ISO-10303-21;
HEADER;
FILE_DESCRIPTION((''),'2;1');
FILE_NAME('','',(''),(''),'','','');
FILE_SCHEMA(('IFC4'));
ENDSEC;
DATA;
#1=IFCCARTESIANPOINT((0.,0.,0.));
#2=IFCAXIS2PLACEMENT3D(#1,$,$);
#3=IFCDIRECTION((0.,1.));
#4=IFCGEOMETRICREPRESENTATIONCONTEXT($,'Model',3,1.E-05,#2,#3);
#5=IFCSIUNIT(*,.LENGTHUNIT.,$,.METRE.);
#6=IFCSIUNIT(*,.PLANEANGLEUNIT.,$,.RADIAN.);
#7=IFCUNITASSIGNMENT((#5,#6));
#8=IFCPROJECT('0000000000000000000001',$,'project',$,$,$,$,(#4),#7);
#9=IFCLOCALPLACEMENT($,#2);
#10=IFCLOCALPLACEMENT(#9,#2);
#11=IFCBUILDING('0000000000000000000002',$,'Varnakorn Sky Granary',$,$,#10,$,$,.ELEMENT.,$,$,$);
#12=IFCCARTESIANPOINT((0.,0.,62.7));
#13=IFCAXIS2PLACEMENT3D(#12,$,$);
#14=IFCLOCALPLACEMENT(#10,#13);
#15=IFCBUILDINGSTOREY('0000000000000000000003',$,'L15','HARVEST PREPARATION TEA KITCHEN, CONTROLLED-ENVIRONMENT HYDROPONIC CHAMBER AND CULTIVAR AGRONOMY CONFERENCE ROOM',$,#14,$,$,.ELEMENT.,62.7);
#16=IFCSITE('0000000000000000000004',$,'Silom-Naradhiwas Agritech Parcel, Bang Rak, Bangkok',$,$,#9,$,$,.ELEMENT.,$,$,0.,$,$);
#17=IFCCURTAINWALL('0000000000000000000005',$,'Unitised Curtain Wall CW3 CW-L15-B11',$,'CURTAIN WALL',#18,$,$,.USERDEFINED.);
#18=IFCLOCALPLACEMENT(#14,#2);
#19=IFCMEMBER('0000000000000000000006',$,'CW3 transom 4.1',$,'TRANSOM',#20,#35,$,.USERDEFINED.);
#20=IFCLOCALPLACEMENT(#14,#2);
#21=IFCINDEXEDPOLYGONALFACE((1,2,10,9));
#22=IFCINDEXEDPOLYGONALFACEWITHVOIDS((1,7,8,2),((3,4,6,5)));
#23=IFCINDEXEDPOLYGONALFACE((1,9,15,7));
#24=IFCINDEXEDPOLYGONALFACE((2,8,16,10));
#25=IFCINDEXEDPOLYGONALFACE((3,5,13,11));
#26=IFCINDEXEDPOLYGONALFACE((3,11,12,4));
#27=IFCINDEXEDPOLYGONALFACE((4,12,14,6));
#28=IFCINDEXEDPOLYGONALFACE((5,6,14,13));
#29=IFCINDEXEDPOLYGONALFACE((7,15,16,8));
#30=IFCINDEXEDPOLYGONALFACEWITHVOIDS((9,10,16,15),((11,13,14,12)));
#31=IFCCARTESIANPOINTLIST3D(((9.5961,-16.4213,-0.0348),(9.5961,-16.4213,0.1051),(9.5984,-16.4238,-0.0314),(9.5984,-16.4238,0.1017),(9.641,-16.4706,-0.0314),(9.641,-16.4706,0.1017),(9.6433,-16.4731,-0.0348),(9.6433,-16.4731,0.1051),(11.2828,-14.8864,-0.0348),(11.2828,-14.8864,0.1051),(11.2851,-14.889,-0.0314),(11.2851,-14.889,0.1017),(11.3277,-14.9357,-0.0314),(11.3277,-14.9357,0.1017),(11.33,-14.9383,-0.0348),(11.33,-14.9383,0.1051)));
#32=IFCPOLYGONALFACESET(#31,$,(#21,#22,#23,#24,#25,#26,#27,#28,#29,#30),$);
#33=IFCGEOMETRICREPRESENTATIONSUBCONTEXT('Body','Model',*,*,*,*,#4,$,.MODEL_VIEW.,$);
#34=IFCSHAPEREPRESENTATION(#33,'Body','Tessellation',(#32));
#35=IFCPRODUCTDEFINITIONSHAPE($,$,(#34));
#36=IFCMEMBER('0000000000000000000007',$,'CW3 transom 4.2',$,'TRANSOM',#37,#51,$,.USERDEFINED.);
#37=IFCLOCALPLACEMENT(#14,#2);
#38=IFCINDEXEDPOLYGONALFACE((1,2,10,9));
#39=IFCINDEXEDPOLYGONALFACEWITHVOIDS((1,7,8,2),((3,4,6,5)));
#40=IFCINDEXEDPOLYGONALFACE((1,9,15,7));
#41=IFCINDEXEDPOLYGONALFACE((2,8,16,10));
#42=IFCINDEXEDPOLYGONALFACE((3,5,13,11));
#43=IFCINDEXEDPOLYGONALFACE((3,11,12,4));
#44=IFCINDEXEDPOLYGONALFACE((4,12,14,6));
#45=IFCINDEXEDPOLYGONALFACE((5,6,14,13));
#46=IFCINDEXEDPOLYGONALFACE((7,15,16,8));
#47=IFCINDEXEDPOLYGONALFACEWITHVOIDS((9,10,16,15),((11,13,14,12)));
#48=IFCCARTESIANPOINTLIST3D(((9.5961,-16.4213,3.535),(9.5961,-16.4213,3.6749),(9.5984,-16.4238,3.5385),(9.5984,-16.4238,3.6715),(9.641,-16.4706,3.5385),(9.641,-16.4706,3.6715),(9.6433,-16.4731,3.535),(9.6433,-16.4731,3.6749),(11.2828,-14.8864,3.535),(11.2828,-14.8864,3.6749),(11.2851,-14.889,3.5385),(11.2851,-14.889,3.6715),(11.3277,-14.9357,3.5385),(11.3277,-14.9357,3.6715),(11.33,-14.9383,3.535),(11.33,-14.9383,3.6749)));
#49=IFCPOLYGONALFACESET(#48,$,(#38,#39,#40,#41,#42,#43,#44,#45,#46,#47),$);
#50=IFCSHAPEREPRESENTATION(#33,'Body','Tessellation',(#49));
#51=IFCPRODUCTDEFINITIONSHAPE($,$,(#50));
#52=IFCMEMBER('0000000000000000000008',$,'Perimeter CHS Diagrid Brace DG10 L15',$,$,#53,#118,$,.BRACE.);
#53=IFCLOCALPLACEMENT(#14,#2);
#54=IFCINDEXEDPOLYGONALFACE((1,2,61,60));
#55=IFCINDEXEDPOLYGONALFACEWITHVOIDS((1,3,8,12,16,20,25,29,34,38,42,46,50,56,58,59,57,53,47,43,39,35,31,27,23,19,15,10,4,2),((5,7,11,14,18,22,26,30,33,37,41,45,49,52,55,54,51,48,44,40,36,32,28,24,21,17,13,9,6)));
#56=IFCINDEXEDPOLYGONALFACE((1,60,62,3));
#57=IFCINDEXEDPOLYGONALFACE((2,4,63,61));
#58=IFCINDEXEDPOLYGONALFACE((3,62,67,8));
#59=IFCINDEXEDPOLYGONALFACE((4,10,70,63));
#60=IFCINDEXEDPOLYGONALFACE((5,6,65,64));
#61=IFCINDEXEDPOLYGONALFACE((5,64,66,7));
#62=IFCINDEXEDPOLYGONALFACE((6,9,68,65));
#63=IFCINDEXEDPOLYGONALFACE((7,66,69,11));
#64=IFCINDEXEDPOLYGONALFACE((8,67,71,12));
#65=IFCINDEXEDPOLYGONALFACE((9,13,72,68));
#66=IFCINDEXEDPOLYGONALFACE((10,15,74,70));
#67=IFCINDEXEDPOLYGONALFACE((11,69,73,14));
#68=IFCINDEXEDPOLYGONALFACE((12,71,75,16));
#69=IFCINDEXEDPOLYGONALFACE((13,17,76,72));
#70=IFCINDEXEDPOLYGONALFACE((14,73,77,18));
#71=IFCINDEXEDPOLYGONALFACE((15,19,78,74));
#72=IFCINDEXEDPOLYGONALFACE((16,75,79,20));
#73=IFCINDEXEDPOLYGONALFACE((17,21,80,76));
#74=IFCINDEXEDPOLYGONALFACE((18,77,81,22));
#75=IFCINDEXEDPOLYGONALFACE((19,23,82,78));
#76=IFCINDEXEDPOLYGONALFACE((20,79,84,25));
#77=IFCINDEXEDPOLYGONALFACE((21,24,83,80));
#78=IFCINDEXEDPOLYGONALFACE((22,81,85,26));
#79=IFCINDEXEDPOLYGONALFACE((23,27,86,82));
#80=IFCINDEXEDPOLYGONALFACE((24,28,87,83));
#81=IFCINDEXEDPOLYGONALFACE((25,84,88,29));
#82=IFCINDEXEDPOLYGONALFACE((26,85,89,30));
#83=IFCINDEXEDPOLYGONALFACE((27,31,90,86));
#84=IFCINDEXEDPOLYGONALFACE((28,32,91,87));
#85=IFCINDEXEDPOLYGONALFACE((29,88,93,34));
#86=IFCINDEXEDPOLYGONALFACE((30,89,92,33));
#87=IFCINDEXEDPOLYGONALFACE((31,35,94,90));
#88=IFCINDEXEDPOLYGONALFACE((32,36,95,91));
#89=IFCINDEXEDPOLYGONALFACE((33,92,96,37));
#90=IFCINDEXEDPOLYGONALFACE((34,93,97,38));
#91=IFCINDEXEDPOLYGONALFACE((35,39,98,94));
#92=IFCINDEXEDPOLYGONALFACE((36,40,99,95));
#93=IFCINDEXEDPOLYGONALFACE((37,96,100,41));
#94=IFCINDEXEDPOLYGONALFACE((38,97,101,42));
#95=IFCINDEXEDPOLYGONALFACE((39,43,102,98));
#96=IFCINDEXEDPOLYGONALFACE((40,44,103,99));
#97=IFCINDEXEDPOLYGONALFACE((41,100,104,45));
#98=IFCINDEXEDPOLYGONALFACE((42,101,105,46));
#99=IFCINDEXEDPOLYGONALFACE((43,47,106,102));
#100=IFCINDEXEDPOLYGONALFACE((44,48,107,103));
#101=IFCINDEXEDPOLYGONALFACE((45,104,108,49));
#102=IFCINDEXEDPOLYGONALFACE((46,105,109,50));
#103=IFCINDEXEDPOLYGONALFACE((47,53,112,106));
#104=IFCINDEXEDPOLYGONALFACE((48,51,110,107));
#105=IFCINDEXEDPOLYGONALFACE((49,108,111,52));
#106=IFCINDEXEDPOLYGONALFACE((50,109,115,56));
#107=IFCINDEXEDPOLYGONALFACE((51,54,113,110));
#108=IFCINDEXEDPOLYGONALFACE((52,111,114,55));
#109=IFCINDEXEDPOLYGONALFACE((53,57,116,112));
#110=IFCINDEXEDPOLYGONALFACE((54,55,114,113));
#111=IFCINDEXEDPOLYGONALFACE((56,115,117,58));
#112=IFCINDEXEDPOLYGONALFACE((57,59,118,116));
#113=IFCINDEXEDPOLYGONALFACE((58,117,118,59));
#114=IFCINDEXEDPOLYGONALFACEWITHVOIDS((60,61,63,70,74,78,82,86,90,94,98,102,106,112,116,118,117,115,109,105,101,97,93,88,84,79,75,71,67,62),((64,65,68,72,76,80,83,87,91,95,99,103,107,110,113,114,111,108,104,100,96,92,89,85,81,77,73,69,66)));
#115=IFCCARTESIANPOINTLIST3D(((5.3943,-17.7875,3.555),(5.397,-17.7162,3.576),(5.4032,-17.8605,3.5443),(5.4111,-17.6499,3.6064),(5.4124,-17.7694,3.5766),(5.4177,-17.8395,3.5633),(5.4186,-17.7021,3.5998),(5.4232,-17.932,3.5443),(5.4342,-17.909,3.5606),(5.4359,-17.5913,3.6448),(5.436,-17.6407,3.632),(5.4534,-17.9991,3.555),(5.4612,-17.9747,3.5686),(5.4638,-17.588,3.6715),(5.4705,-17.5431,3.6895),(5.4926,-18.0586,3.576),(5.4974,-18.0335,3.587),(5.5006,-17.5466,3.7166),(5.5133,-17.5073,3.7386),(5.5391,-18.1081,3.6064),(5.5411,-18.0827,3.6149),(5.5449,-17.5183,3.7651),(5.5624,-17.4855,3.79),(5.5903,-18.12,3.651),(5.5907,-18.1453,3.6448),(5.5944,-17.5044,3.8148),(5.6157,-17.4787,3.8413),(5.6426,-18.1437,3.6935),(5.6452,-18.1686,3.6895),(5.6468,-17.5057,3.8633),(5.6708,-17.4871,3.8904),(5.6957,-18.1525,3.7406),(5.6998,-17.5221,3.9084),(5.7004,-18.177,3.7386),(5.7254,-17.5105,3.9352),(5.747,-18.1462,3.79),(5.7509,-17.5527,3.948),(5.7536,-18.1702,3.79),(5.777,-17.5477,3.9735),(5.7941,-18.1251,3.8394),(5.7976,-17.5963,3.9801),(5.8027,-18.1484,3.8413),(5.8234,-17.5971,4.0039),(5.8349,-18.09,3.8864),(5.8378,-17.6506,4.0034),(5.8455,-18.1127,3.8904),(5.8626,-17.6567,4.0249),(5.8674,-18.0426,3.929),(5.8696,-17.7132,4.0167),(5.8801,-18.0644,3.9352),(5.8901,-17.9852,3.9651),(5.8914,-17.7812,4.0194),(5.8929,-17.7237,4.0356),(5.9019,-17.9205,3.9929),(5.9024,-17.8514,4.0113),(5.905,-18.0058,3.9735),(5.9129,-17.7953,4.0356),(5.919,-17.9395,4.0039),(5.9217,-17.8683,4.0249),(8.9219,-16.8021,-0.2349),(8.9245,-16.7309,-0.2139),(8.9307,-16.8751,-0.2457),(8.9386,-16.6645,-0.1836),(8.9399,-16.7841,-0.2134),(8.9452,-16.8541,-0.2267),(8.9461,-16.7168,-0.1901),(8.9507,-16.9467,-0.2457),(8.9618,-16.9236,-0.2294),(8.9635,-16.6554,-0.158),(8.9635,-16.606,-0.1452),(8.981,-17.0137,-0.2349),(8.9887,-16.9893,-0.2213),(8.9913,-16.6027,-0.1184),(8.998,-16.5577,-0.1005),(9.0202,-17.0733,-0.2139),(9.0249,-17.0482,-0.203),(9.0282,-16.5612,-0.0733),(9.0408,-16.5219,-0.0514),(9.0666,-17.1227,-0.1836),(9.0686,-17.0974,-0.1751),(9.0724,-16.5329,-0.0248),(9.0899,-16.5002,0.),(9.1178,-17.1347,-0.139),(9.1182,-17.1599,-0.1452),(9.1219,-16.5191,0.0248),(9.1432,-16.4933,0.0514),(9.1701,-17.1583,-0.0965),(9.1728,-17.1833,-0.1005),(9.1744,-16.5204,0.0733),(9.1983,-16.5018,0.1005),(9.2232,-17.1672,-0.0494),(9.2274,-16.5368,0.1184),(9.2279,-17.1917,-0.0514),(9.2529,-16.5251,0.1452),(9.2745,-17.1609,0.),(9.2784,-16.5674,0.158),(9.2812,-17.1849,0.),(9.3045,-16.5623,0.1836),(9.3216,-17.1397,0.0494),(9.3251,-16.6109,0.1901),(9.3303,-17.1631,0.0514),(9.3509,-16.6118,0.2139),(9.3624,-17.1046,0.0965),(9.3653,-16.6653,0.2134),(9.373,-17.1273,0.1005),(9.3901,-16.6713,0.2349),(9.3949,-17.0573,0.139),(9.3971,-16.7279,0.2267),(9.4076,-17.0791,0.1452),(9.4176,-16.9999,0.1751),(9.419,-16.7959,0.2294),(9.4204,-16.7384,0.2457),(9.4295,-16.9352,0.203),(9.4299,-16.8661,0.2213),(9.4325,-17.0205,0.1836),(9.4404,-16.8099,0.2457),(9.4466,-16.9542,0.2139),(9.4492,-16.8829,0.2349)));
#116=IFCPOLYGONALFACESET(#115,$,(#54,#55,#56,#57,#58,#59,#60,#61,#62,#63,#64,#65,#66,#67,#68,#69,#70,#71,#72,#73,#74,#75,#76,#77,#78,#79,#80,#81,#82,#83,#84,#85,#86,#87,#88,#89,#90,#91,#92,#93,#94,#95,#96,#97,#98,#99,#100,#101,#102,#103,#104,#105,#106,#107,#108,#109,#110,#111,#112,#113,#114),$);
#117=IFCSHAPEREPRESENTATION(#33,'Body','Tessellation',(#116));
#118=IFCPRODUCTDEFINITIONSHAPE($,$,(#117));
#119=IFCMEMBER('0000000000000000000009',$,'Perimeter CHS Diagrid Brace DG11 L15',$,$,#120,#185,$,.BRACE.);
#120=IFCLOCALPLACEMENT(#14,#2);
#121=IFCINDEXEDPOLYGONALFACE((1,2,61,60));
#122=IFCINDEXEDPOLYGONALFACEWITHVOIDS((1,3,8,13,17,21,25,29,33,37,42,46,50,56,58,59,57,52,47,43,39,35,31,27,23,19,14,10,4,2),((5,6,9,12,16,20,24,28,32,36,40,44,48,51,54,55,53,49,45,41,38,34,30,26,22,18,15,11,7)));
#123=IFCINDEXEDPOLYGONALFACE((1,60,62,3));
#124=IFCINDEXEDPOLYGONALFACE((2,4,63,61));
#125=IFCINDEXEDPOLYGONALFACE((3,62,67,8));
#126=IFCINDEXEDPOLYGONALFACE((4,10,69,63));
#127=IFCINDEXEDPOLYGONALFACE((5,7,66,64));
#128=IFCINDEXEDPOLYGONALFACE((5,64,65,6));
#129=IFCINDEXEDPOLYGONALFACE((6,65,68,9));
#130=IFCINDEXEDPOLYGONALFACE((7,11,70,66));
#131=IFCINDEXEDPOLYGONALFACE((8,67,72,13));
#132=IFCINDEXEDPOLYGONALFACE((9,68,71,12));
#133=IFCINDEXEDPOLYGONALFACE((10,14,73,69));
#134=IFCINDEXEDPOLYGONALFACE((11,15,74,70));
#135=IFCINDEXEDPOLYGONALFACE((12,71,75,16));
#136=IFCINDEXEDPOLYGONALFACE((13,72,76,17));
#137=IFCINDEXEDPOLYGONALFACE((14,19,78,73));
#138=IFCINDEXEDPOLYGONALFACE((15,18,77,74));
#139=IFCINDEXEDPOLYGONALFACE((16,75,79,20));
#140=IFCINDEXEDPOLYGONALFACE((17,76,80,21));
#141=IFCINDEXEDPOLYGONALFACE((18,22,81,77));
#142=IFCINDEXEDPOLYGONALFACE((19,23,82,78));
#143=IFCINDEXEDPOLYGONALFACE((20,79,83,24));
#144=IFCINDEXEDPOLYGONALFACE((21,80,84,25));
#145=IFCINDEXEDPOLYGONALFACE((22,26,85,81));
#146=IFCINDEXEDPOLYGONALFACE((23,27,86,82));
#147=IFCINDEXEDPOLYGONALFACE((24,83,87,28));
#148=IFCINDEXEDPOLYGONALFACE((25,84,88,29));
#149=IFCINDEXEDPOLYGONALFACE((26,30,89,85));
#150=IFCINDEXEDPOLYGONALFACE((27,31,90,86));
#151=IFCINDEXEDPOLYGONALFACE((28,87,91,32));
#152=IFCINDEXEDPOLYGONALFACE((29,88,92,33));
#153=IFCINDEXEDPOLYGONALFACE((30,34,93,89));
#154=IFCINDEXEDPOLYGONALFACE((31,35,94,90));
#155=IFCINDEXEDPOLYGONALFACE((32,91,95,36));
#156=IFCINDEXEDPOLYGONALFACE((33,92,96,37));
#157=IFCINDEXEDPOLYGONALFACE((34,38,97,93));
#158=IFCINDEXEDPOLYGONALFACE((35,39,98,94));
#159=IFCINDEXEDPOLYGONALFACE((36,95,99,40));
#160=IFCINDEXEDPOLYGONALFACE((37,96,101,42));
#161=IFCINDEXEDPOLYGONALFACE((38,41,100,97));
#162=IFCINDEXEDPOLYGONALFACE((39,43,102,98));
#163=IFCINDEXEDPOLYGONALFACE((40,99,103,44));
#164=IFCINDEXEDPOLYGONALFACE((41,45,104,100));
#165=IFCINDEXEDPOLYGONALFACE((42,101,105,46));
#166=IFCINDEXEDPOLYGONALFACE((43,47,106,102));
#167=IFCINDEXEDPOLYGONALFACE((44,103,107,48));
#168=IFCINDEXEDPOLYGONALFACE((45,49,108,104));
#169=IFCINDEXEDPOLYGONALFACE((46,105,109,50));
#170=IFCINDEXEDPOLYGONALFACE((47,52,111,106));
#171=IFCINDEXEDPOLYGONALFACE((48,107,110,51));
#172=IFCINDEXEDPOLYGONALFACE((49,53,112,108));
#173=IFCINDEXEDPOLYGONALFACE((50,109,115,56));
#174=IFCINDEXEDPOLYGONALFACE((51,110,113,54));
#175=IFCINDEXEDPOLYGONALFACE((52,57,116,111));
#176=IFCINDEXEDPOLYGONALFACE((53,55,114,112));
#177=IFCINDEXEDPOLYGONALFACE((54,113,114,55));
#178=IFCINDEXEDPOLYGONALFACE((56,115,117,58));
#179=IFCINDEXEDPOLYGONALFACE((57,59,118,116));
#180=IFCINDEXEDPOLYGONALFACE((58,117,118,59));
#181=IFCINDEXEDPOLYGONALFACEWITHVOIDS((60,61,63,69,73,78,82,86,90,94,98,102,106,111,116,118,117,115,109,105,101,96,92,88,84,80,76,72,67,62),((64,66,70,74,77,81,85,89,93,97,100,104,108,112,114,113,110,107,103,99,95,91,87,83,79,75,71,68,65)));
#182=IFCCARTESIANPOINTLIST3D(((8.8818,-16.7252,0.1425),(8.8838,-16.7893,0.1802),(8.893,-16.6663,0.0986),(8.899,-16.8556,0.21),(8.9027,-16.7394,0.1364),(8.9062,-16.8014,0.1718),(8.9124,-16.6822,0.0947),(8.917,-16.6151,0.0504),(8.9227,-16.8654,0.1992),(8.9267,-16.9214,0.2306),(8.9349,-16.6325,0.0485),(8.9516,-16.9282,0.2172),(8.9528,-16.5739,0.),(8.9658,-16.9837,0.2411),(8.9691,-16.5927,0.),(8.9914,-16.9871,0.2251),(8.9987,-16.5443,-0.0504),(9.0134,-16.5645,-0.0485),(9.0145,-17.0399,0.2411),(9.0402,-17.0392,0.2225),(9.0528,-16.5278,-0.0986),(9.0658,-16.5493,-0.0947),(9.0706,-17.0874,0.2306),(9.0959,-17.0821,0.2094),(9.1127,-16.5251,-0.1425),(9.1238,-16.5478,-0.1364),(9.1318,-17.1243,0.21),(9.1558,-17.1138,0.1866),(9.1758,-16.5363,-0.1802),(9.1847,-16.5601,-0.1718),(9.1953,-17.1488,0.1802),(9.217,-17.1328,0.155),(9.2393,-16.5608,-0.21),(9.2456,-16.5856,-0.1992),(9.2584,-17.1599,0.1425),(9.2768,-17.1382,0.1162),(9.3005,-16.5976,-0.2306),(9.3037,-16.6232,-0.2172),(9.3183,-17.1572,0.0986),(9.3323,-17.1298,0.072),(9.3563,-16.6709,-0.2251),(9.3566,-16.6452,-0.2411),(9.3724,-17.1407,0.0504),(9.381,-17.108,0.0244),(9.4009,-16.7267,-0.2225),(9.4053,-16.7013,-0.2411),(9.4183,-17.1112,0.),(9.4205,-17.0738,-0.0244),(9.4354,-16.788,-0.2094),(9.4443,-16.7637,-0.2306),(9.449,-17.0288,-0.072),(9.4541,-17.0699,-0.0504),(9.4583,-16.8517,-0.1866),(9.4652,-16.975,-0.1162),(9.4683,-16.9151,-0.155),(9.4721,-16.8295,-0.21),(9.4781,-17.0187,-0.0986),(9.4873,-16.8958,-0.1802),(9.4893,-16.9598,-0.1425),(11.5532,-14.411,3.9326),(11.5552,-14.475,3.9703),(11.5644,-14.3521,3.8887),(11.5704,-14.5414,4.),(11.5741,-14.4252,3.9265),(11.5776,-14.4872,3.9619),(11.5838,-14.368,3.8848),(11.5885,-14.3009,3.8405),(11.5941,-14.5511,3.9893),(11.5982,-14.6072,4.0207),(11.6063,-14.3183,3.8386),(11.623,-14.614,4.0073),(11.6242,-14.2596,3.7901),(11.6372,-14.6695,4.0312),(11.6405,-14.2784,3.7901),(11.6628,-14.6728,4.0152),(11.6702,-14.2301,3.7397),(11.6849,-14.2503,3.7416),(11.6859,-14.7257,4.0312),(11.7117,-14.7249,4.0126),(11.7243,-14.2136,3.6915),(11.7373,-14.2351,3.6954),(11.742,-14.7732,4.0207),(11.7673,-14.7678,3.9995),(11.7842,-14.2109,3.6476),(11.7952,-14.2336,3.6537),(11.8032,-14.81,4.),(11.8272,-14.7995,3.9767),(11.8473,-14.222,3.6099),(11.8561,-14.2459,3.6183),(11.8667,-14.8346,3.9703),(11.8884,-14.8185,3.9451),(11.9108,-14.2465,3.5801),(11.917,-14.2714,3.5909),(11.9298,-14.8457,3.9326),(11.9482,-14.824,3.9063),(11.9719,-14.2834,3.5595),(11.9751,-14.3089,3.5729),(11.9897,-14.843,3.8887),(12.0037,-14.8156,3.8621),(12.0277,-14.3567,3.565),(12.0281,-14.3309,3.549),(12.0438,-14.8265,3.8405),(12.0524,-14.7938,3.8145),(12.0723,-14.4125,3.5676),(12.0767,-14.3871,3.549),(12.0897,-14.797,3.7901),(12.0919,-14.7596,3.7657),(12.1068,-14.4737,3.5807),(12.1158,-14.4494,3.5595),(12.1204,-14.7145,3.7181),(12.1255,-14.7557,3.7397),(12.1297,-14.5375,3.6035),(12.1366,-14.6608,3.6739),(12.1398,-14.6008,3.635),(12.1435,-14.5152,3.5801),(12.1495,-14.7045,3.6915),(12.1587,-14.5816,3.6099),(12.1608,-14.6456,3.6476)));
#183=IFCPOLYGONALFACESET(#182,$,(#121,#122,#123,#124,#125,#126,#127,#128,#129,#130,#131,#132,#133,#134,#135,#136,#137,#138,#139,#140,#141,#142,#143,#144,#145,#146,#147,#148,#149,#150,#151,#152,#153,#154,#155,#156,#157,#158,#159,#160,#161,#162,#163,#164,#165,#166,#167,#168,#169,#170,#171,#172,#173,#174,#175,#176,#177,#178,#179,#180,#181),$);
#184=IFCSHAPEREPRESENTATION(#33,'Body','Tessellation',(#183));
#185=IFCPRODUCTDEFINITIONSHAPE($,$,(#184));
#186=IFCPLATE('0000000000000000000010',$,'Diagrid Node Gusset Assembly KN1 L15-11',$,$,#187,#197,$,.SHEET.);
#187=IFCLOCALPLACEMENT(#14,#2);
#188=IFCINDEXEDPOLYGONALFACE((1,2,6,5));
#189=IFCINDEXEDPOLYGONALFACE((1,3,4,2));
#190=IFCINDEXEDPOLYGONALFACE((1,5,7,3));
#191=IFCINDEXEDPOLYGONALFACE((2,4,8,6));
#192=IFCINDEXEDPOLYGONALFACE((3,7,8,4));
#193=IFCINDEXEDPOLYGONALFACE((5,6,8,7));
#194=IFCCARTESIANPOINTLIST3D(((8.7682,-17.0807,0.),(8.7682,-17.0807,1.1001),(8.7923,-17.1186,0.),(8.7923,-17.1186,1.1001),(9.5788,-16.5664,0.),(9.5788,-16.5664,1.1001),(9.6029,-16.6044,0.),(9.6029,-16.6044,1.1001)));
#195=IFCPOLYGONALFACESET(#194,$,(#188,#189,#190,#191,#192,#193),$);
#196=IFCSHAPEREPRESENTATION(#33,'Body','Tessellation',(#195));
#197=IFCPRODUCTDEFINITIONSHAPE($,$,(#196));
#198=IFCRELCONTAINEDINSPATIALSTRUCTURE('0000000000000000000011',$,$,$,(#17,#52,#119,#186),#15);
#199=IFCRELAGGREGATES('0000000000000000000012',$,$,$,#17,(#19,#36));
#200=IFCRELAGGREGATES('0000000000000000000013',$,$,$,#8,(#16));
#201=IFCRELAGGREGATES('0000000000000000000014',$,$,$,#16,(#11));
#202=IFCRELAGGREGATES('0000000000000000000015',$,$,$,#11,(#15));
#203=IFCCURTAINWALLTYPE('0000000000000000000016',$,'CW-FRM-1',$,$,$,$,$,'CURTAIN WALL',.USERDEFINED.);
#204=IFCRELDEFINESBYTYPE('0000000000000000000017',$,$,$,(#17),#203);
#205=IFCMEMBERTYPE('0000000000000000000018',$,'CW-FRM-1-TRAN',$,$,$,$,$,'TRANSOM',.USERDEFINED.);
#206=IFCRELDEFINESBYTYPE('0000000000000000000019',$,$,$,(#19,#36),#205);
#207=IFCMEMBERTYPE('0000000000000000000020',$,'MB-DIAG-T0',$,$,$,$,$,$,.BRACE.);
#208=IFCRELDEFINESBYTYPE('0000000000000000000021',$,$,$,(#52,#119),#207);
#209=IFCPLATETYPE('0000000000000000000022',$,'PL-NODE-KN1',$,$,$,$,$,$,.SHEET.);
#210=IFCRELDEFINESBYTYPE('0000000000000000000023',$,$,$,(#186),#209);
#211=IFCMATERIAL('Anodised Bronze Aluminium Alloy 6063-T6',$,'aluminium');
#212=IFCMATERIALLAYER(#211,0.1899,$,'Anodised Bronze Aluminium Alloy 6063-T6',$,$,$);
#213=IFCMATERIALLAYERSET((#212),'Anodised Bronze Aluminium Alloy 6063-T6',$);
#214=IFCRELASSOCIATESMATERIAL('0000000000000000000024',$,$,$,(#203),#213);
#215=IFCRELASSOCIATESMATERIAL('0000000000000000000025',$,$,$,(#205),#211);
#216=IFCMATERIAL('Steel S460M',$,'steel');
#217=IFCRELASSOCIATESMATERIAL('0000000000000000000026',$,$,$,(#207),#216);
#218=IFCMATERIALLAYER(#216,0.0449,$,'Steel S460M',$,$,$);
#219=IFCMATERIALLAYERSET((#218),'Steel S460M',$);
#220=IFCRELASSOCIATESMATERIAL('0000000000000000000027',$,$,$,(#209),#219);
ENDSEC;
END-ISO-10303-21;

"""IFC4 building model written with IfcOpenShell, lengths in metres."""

from ifc_helpers import new_model, si_unit, direction, frame, origin, origin_2d, place, context, subcontext, project, spatial, rectangle, hollow_rectangle, hollow_circle, extrude, material, layer, layer_set, material_profile, profile_set, type_object, element, aggregate, save


model = new_model("IFC4")

# Units and contexts
model_context = context("Model", 3, precision=1e-05, world=origin(), true_north=direction((0.0, 1.0)))
body_context = subcontext(model_context, "Body", "Model", "MODEL_VIEW")
ifc_project = project(units=[si_unit("LENGTHUNIT", "METRE"), si_unit("PLANEANGLEUNIT", "RADIAN")], contexts=[model_context])

# Site, building, storey
site_placement = place(None, origin())
site = spatial("IfcSite", under=ifc_project, at=site_placement, Name="Silom-Naradhiwas Agritech Parcel, Bang Rak, Bangkok", CompositionType="ELEMENT", RefElevation=0.0)
building_placement = place(site_placement, origin())
building = spatial("IfcBuilding", under=site, at=building_placement, Name="Varnakorn Sky Granary", CompositionType="ELEMENT")
storey_placement = place(building_placement, frame((0.0, 0.0, 62.7)))
storey = spatial("IfcBuildingStorey", under=building, at=storey_placement, Name="L15", Description="HARVEST PREPARATION TEA KITCHEN, CONTROLLED-ENVIRONMENT HYDROPONIC CHAMBER AND CULTIVAR AGRONOMY CONFERENCE ROOM", CompositionType="ELEMENT", Elevation=62.7)

# Curtain wall, members
ifc_material_1 = material(Name="Anodised Bronze Aluminium Alloy 6063-T6", Category="aluminium")
ifc_layer_1 = layer(ifc_material_1, 0.1899, Name="Anodised Bronze Aluminium Alloy 6063-T6")
ifc_layer_set_1 = layer_set([ifc_layer_1], Name="Anodised Bronze Aluminium Alloy 6063-T6")
curtain_wall_type = type_object("IfcCurtainWallType", Name="CW-FRM-1", ElementType="CURTAIN WALL", PredefinedType="USERDEFINED", material=ifc_layer_set_1)
curtain_wall_placement = place(storey_placement, origin())
curtain_wall = element("IfcCurtainWall", 1, at=curtain_wall_placement, inside=storey, type_object=curtain_wall_type, Name="Unitised Curtain Wall CW3 CW-L15-B11", ObjectType="CURTAIN WALL", PredefinedType="USERDEFINED")
ifc_material_profile_1 = material_profile(ifc_material_1, hollow_rectangle(XDim=0.0701, YDim=0.1399, WallThickness=0.0034, at=origin_2d()), Name="ALU TRAN 70x140")
ifc_profile_set_1 = profile_set([ifc_material_profile_1], Name="Anodised Bronze Aluminium Alloy 6063-T6")
member_type_1 = type_object("IfcMemberType", Name="CW-FRM-1-TRAN", ElementType="TRANSOM", PredefinedType="USERDEFINED", material=ifc_profile_set_1)
member_1_placement = place(storey_placement, frame((11.3064, -14.9124, 0.0352), z_axis=(-0.739615, -0.67303, 0.0), x_axis=(0.67303, -0.739615, 0.0)))
member_1 = element("IfcMember", 2, at=member_1_placement, type_object=member_type_1, Name="CW3 transom 4.1", ObjectType="TRANSOM", PredefinedType="USERDEFINED", context=body_context, shape_type="SweptSolid", body=[
    extrude(hollow_rectangle(XDim=0.0701, YDim=0.1399, WallThickness=0.0034, at=origin_2d()), origin(), (0.0, 0.0, 1.0), 2.2805),
])
member_2_placement = place(storey_placement, frame((11.3064, -14.9124, 3.605), z_axis=(-0.739615, -0.67303, 0.0), x_axis=(0.67303, -0.739615, 0.0)))
member_2 = element("IfcMember", 3, at=member_2_placement, type_object=member_type_1, Name="CW3 transom 4.2", ObjectType="TRANSOM", PredefinedType="USERDEFINED", context=body_context, shape_type="SweptSolid", body=[
    extrude(hollow_rectangle(XDim=0.0701, YDim=0.1399, WallThickness=0.0034, at=origin_2d()), origin(), (0.0, 0.0, 1.0), 2.2805),
])

# Members
ifc_material_2 = material(Name="Steel S460M", Category="steel")
ifc_material_profile_2 = material_profile(ifc_material_2, hollow_circle(Radius=0.3555, WallThickness=0.0249, at=origin_2d()), Name="CHS 711x25")
ifc_profile_set_2 = profile_set([ifc_material_profile_2], Name="Steel S460M")
member_type_2 = type_object("IfcMemberType", Name="MB-DIAG-T0", PredefinedType="BRACE", material=ifc_profile_set_2)
member_3_placement = place(storey_placement, frame((9.1855, -16.8425, 0.0), z_axis=(-0.669296, -0.186953, 0.719091), x_axis=(0.269029, -0.963132, 0.0)))
element("IfcMember", 4, at=member_3_placement, inside=storey, type_object=member_type_2, Name="Perimeter CHS Diagrid Brace DG10 L15", PredefinedType="BRACE", context=body_context, shape_type="SweptSolid", body=[
    extrude(hollow_circle(Radius=0.3555, WallThickness=0.0249, at=origin_2d()), origin(), (0.0, 0.0, 1.0), 5.2705),
])
member_4_placement = place(storey_placement, frame((9.1855, -16.8425, 0.0), z_axis=(0.515483, 0.44656, 0.731343), x_axis=(-0.65477, 0.755828, 0.0)))
element("IfcMember", 5, at=member_4_placement, inside=storey, type_object=member_type_2, Name="Perimeter CHS Diagrid Brace DG11 L15", PredefinedType="BRACE", context=body_context, shape_type="SweptSolid", body=[
    extrude(hollow_circle(Radius=0.3555, WallThickness=0.0249, at=origin_2d()), origin(), (0.0, 0.0, 1.0), 5.1824),
])

# Plate
ifc_layer_2 = layer(ifc_material_2, 0.0449, Name="Steel S460M")
ifc_layer_set_2 = layer_set([ifc_layer_2], Name="Steel S460M")
plate_type_1 = type_object("IfcPlateType", Name="PL-NODE-KN1", PredefinedType="SHEET", material=ifc_layer_set_2)
plate_1_placement = place(storey_placement, frame((9.1855, -16.8425, 0.0), z_axis=(0.0, 0.0, 1.0), x_axis=(0.844398, 0.535717, 0.0)))
element("IfcPlate", 6, at=plate_1_placement, inside=storey, type_object=plate_type_1, Name="Diagrid Node Gusset Assembly KN1 L15-11", PredefinedType="SHEET", context=body_context, shape_type="SweptSolid", body=[
    extrude(rectangle(XDim=0.96, YDim=0.0449, at=origin_2d()), origin(), (0.0, 0.0, 1.0), 1.1001),
])
aggregate(curtain_wall, [member_1, member_2])

save(model, "model.ifc")
